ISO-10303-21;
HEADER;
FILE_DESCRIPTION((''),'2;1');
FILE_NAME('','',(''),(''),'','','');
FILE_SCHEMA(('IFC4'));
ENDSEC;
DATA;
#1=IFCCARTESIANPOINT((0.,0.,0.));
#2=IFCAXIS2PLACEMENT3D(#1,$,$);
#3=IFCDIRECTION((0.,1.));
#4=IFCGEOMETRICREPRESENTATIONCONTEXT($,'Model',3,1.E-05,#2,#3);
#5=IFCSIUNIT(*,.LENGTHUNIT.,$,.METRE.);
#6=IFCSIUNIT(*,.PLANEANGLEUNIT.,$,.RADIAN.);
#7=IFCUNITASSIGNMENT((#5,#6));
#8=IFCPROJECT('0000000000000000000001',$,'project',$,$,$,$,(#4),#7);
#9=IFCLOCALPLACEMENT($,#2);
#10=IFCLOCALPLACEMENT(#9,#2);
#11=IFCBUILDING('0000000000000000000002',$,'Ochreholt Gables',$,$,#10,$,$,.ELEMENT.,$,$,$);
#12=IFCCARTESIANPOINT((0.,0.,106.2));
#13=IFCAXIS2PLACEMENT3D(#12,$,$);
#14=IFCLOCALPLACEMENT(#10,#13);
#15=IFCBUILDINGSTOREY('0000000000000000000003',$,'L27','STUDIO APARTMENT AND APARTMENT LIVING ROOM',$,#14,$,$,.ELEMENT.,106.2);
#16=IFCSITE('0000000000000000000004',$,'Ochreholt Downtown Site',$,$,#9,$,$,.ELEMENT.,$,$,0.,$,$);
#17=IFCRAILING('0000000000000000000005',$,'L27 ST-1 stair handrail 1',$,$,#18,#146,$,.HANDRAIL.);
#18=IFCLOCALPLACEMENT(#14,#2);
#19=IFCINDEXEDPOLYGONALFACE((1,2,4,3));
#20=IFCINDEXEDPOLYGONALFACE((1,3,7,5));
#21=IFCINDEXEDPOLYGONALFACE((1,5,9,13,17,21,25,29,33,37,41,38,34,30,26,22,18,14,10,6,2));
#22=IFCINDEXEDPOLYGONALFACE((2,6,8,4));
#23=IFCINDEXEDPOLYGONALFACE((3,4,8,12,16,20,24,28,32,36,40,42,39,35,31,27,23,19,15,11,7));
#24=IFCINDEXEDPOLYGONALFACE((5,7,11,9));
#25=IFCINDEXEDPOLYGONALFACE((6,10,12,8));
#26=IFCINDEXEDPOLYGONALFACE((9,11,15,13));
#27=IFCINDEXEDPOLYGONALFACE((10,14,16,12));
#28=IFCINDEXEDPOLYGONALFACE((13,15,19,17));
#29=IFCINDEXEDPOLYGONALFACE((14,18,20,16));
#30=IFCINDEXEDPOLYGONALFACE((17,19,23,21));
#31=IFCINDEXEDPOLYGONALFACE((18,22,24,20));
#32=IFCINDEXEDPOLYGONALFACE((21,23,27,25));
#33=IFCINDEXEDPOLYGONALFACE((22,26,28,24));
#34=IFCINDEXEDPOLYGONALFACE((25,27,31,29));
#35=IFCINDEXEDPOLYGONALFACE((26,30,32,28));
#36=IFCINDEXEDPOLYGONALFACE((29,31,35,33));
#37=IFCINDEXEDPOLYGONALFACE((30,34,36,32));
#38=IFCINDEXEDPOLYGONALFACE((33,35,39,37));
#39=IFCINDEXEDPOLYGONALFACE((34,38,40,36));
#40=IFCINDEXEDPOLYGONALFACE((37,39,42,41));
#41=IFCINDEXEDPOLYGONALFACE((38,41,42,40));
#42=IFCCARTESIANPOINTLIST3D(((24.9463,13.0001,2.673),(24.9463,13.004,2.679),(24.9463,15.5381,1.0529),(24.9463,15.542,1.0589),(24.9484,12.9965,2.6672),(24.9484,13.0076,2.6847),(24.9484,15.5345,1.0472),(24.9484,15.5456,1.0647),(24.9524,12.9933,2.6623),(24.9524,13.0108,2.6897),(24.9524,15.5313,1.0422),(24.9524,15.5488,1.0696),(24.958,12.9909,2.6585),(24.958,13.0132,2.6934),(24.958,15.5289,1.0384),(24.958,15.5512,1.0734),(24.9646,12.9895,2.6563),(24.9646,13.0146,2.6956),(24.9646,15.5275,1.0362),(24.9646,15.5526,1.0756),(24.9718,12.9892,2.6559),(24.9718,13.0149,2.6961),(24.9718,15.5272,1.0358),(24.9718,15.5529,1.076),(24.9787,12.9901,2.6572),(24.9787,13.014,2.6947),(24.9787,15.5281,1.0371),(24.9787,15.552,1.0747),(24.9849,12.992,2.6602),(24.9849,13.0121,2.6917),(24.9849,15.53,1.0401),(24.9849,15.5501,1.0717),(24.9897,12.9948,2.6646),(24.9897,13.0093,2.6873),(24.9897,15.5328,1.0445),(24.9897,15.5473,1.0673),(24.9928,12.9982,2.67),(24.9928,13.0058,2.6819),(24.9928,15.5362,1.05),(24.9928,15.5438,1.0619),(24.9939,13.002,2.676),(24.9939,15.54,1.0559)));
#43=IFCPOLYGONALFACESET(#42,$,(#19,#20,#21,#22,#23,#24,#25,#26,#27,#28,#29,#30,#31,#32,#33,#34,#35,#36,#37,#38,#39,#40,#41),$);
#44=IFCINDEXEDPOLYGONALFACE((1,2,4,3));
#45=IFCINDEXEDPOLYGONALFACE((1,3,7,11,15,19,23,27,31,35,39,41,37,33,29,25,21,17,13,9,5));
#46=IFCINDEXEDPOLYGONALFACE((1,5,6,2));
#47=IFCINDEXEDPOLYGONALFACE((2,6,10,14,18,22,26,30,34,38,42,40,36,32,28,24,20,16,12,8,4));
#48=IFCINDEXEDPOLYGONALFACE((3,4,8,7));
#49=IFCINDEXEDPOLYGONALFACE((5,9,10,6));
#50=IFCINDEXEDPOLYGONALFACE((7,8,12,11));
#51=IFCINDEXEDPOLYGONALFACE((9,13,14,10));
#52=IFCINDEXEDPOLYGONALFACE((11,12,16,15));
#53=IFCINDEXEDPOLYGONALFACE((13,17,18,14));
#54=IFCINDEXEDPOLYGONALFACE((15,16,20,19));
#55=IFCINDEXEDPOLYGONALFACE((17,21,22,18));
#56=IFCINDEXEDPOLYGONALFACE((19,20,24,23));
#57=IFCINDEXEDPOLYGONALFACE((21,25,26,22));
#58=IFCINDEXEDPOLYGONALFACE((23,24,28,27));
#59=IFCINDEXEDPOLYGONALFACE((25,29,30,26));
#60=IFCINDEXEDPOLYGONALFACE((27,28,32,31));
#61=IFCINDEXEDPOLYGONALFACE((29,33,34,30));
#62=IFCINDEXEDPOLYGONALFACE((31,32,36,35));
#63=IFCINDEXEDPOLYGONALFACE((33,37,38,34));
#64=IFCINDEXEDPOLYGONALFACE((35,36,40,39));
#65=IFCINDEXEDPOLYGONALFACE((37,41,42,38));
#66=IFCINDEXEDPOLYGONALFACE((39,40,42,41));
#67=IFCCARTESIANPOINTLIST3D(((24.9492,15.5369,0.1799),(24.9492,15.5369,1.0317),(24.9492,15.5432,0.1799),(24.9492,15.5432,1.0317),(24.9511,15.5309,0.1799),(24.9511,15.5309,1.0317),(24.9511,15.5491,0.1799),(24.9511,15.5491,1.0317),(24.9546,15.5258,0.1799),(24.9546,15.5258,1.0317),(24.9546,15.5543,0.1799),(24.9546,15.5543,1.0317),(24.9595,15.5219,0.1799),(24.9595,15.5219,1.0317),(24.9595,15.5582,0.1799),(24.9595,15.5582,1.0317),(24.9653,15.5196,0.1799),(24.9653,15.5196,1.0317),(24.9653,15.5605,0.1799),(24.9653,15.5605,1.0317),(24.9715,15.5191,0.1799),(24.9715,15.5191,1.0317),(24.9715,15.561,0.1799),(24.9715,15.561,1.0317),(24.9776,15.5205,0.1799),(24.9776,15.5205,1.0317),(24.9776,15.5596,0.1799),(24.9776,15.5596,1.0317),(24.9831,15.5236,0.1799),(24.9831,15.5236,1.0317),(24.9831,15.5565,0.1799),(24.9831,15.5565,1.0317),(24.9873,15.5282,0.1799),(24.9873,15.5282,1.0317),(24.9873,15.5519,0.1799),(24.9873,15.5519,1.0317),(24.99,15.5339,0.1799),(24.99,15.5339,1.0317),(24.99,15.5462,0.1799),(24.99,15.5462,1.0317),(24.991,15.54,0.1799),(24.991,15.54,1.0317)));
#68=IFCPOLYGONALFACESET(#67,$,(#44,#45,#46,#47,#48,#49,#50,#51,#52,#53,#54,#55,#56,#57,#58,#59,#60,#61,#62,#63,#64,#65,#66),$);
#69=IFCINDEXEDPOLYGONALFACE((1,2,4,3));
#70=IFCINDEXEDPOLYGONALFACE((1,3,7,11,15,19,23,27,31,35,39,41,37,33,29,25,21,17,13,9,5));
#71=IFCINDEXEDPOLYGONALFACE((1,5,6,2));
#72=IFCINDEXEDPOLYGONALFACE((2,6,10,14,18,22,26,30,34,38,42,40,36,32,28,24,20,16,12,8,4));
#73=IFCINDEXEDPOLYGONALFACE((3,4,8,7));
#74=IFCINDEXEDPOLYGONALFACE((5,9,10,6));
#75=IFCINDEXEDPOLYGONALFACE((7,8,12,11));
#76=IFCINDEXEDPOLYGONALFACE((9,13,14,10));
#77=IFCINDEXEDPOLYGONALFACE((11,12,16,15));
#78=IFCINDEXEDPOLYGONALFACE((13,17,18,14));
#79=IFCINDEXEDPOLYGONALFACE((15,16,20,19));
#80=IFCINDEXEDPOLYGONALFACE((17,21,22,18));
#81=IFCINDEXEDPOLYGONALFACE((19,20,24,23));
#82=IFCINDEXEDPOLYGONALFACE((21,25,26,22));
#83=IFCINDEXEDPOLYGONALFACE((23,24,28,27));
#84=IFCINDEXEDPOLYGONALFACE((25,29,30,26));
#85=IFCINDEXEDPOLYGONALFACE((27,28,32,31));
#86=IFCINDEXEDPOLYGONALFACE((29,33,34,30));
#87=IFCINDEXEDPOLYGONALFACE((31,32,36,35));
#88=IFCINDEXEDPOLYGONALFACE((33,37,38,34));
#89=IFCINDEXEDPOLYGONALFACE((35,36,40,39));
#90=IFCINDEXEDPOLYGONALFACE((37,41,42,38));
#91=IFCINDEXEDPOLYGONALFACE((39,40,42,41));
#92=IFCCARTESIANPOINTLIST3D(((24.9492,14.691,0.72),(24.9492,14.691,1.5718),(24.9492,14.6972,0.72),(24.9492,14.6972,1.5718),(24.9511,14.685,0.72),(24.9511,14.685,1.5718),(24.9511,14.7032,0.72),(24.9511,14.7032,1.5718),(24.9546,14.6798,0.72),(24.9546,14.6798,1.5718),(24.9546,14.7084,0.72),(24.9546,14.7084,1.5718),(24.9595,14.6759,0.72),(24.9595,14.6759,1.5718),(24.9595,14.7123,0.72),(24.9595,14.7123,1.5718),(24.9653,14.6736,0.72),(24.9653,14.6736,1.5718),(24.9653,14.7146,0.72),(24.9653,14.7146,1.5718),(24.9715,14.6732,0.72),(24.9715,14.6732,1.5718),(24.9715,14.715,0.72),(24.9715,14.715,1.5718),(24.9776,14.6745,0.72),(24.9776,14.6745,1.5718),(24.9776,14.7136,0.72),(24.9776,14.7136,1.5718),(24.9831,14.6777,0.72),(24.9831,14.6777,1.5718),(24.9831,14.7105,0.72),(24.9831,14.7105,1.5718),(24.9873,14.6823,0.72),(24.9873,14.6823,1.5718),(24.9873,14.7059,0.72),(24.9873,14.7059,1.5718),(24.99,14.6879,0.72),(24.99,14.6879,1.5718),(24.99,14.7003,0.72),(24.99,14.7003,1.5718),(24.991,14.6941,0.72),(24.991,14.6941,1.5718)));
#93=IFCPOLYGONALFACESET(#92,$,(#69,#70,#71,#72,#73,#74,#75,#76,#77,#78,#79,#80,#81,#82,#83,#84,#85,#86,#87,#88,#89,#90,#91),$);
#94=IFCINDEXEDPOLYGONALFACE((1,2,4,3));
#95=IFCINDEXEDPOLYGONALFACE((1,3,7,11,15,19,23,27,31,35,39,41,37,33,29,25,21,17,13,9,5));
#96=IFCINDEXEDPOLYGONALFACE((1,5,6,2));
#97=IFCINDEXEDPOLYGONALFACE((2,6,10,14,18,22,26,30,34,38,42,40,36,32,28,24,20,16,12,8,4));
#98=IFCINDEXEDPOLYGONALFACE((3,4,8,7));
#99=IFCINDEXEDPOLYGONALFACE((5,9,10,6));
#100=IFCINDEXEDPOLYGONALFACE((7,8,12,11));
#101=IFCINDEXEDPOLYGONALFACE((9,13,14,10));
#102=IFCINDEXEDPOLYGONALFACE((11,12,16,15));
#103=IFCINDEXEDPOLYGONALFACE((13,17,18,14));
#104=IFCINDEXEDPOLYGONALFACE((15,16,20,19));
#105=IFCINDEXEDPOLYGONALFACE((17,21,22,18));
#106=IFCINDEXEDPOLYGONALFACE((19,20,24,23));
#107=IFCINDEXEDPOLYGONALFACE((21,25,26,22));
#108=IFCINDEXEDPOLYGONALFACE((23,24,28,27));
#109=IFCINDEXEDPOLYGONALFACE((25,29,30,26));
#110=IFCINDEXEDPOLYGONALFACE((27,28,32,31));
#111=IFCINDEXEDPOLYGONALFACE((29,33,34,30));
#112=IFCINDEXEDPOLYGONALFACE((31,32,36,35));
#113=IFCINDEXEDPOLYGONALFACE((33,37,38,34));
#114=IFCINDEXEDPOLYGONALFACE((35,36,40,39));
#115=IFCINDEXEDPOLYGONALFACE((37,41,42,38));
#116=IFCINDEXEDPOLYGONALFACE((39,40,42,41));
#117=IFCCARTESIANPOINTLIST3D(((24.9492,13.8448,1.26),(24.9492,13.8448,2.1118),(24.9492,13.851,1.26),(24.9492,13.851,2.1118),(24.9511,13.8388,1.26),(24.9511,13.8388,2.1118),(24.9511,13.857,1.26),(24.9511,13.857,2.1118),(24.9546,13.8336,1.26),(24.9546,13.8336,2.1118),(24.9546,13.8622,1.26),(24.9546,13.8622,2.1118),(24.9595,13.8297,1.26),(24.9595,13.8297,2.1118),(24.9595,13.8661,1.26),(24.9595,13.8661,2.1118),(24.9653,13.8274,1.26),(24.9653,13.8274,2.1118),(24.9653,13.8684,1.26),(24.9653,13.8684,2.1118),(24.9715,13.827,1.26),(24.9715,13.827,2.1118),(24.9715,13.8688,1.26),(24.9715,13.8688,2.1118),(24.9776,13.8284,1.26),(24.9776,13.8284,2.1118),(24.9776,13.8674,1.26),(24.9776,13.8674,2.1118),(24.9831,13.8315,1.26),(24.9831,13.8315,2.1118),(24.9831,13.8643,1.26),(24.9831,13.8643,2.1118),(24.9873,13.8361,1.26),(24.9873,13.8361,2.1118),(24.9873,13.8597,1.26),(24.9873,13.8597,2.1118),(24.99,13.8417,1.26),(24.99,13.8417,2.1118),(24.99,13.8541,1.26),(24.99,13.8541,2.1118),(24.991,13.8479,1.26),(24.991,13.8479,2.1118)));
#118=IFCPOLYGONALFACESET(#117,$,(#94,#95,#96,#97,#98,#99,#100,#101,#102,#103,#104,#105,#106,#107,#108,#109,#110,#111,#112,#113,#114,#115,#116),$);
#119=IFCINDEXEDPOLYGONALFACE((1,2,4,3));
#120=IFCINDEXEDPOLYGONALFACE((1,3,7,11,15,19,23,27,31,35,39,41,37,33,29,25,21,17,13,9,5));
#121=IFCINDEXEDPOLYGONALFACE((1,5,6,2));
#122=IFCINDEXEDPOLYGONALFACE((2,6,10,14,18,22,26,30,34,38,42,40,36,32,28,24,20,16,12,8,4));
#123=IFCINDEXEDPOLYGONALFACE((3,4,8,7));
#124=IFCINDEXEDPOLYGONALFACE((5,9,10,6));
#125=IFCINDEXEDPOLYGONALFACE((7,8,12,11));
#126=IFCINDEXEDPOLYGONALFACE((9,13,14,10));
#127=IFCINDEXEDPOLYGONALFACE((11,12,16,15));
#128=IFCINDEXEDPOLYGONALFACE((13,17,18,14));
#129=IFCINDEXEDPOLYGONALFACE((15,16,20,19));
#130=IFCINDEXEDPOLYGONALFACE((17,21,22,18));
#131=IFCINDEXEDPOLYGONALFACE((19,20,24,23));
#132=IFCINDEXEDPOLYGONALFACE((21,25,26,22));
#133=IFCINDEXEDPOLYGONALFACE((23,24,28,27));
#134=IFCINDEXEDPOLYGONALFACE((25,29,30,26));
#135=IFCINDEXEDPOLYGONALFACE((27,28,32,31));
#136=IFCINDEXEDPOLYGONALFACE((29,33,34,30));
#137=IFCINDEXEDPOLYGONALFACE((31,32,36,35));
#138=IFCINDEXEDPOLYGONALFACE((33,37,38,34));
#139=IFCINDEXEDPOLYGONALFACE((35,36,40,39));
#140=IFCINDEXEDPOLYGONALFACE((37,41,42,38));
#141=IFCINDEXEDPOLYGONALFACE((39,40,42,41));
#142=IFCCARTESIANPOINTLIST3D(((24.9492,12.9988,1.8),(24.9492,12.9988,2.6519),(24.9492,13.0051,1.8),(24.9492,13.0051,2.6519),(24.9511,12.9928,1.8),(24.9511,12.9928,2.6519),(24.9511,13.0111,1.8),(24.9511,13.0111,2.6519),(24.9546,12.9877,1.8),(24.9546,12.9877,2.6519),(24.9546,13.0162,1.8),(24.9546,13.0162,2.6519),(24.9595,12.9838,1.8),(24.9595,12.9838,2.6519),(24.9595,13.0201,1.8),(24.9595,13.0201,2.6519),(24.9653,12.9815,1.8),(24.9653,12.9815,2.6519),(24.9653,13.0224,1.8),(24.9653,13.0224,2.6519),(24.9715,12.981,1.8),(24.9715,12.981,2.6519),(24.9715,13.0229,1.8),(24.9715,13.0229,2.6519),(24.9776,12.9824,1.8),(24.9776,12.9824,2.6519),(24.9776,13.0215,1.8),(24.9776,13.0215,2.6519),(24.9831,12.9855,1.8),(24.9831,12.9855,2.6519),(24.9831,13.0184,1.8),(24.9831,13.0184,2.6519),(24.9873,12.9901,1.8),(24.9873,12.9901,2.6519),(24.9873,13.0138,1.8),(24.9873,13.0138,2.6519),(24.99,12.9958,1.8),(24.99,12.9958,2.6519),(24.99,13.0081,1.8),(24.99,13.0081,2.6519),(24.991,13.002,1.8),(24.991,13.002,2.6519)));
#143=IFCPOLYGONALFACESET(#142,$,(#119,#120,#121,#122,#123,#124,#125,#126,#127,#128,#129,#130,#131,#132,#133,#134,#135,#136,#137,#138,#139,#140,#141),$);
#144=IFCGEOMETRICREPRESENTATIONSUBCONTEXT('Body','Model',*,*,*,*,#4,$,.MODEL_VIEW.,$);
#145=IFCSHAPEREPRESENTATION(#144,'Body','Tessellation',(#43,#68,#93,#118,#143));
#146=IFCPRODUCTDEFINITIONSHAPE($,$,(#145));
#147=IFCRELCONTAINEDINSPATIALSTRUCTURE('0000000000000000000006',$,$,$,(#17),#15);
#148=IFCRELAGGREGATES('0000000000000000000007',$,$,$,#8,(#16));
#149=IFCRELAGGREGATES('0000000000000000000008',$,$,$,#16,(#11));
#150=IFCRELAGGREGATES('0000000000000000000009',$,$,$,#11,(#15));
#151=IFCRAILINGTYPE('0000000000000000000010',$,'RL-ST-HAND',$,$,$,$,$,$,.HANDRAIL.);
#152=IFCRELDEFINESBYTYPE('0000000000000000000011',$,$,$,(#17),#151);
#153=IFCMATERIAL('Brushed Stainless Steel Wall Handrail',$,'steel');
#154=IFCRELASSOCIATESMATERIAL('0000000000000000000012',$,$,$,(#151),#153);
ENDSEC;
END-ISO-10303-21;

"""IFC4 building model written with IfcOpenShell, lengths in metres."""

from ifc_helpers import new_model, si_unit, direction, frame, origin, origin_2d, place, context, subcontext, project, spatial, circle, extrude, material, type_object, element, save


model = new_model("IFC4")

# Units and contexts
model_context = context("Model", 3, precision=1e-05, world=origin(), true_north=direction((0.0, 1.0)))
body_context = subcontext(model_context, "Body", "Model", "MODEL_VIEW")
ifc_project = project(units=[si_unit("LENGTHUNIT", "METRE"), si_unit("PLANEANGLEUNIT", "RADIAN")], contexts=[model_context])

# Site, building, storey
site_placement = place(None, origin())
site = spatial("IfcSite", under=ifc_project, at=site_placement, Name="Ochreholt Downtown Site", CompositionType="ELEMENT", RefElevation=0.0)
building_placement = place(site_placement, origin())
building = spatial("IfcBuilding", under=site, at=building_placement, Name="Ochreholt Gables", CompositionType="ELEMENT")
storey_placement = place(building_placement, frame((0.0, 0.0, 106.2)))
storey = spatial("IfcBuildingStorey", under=building, at=storey_placement, Name="L27", Description="STUDIO APARTMENT AND APARTMENT LIVING ROOM", CompositionType="ELEMENT", Elevation=106.2)

# Railing
ifc_material_1 = material(Name="Brushed Stainless Steel Wall Handrail", Category="steel")
railing_type_1 = type_object("IfcRailingType", Name="RL-ST-HAND", PredefinedType="HANDRAIL", material=ifc_material_1)
railing_1_placement = place(storey_placement, frame((24.97, 15.54, 0.1799)))
element("IfcRailing", 1, at=railing_1_placement, inside=storey, type_object=railing_type_1, Name="L27 ST-1 stair handrail 1", PredefinedType="HANDRAIL", context=body_context, shape_type="SweptSolid", body=[
    extrude(circle(Radius=0.0239, at=origin_2d()), frame((0.0, 0.0, 0.876), z_axis=(0.0, -0.842913, 0.53805), x_axis=(1.0, 0.0, 0.0)), (0.0, 0.0, 1.0), 3.011),
    extrude(circle(Radius=0.021, at=origin_2d()), origin(), (0.0, 0.0, 1.0), 0.8518),
    extrude(circle(Radius=0.021, at=origin_2d()), frame((0.0, -0.8459, 0.54)), (0.0, 0.0, 1.0), 0.8518),
    extrude(circle(Radius=0.021, at=origin_2d()), frame((0.0, -1.6921, 1.0801)), (0.0, 0.0, 1.0), 0.8518),
    extrude(circle(Radius=0.021, at=origin_2d()), frame((0.0, -2.5381, 1.6201)), (0.0, 0.0, 1.0), 0.8518),
])

save(model, "model.ifc")
